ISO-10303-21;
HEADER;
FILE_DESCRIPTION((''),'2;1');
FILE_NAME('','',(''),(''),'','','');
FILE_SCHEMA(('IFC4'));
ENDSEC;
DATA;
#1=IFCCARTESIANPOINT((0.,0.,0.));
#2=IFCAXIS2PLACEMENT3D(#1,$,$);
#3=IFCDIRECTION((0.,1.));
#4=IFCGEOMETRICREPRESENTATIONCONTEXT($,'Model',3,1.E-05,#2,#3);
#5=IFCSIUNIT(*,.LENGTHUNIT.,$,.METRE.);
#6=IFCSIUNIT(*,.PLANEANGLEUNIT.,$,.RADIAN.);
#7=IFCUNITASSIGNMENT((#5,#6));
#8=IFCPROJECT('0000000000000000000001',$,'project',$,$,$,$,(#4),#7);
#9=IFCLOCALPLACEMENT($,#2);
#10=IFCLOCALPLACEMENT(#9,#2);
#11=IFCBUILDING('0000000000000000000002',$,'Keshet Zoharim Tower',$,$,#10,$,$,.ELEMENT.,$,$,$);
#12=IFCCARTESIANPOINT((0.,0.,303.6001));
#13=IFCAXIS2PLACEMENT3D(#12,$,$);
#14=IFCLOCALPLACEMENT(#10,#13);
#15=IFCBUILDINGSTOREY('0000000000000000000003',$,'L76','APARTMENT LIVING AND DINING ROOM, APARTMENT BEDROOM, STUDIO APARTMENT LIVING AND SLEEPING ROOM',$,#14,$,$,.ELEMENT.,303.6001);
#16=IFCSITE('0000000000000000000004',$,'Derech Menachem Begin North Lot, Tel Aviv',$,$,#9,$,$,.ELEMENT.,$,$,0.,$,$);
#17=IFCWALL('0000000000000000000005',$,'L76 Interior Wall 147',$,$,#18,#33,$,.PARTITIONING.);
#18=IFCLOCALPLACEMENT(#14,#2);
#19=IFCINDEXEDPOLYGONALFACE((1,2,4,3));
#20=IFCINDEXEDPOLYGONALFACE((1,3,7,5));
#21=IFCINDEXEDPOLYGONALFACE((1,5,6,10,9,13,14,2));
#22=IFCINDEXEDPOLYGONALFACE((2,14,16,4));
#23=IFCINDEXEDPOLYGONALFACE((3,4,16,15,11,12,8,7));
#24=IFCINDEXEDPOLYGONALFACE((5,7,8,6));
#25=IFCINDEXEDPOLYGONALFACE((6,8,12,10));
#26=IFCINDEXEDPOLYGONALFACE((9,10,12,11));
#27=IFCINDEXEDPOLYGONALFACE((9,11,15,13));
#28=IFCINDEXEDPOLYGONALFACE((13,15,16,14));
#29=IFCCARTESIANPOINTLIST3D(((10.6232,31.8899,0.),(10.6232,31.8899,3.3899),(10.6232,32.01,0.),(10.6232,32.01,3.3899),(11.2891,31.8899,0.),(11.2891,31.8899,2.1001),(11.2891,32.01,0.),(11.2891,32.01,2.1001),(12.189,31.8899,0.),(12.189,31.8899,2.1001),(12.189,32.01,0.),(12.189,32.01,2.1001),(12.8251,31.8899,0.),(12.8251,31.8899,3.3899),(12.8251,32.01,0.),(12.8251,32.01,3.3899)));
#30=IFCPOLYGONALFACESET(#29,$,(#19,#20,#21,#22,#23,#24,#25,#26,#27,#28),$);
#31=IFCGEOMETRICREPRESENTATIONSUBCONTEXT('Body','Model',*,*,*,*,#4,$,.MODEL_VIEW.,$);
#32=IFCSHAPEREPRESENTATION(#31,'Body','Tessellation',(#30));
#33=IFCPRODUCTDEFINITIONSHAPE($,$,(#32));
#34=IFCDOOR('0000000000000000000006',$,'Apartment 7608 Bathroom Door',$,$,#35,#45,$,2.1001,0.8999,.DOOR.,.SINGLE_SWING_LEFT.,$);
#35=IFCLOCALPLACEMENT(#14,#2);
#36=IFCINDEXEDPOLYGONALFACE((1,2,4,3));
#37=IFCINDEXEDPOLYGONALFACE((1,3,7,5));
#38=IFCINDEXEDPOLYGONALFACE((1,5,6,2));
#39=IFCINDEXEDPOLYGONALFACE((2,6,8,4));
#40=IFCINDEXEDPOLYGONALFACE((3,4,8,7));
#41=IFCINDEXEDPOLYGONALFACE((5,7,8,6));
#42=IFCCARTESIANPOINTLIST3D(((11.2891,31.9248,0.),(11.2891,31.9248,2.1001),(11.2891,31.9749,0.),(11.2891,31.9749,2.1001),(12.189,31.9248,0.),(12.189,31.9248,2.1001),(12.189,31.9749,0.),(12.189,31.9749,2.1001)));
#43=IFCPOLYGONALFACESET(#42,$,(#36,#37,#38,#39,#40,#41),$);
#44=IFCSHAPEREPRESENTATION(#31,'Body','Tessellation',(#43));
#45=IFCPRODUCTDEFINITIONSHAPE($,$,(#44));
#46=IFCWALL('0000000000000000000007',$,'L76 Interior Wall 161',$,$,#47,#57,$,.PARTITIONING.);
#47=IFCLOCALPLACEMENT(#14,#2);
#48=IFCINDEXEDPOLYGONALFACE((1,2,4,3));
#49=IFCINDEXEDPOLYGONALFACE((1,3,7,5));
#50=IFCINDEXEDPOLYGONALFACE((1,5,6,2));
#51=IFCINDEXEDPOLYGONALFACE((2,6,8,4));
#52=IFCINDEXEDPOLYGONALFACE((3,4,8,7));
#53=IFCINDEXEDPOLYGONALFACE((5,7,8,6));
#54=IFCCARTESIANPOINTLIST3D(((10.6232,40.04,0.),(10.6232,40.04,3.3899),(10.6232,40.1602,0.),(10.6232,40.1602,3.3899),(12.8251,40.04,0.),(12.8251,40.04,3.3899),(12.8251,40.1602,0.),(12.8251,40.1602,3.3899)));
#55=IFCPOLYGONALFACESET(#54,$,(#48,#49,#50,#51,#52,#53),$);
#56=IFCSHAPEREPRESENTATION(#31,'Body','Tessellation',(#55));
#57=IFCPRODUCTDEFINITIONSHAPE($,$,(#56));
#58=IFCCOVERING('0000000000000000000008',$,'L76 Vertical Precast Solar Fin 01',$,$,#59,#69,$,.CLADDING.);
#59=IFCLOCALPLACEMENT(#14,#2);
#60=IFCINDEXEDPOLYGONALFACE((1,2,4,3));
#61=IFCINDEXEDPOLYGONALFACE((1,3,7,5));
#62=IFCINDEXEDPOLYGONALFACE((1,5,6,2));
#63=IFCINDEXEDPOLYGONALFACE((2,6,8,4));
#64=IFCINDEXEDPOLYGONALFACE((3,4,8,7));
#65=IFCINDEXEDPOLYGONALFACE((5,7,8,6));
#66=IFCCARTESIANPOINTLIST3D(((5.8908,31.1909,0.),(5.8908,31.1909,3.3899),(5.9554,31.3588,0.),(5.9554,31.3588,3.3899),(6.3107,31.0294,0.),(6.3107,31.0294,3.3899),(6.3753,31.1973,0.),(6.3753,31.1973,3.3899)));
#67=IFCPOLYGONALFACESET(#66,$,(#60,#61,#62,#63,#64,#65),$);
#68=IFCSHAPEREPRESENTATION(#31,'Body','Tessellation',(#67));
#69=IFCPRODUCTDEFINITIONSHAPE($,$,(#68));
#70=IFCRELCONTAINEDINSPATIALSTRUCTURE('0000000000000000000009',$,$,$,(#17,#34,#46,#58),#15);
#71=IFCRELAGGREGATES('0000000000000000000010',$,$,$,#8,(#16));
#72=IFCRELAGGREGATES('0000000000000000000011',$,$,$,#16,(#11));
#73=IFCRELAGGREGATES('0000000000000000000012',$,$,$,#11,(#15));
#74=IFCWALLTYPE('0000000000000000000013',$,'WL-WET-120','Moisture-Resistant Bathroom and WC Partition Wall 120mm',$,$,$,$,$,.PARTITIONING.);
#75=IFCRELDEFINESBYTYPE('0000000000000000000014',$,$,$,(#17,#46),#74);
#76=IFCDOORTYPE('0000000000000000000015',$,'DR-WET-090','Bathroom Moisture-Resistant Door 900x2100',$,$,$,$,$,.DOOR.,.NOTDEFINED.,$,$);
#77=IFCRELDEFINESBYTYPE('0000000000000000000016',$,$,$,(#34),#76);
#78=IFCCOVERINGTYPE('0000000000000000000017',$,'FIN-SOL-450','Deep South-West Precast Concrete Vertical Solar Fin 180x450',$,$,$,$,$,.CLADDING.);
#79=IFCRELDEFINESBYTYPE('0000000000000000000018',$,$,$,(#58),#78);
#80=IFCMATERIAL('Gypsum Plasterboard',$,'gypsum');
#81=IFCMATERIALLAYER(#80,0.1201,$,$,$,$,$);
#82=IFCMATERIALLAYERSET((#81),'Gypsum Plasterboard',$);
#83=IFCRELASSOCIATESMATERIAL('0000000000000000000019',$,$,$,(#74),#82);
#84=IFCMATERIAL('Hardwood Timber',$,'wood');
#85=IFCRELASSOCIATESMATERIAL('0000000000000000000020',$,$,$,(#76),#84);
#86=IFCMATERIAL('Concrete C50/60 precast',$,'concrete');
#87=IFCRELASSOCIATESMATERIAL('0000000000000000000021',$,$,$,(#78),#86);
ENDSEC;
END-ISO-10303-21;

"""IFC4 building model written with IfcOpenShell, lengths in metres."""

from ifc_helpers import new_model, si_unit, direction, frame, frame_2d, origin, origin_2d, place, context, subcontext, project, spatial, rectangle, extrude, material, layer, layer_set, type_object, element, fill, save


model = new_model("IFC4")

# Units and contexts
model_context = context("Model", 3, precision=1e-05, world=origin(), true_north=direction((0.0, 1.0)))
body_context = subcontext(model_context, "Body", "Model", "MODEL_VIEW")
ifc_project = project(units=[si_unit("LENGTHUNIT", "METRE"), si_unit("PLANEANGLEUNIT", "RADIAN")], contexts=[model_context])

# Site, building, storey
site_placement = place(None, origin())
site = spatial("IfcSite", under=ifc_project, at=site_placement, Name="Derech Menachem Begin North Lot, Tel Aviv", CompositionType="ELEMENT", RefElevation=0.0)
building_placement = place(site_placement, origin())
building = spatial("IfcBuilding", under=site, at=building_placement, Name="Keshet Zoharim Tower", CompositionType="ELEMENT")
storey_placement = place(building_placement, frame((0.0, 0.0, 303.6001)))
storey = spatial("IfcBuildingStorey", under=building, at=storey_placement, Name="L76", Description="APARTMENT LIVING AND DINING ROOM, APARTMENT BEDROOM, STUDIO APARTMENT LIVING AND SLEEPING ROOM", CompositionType="ELEMENT", Elevation=303.6001)

# Shared definitions
ifc_material_1 = material(Name="Hardwood Timber", Category="wood")

# Shared definitions
ifc_material_2 = material(Name="Gypsum Plasterboard", Category="gypsum")

# Shared definitions
ifc_layer_1 = layer(ifc_material_2, 0.1201)
ifc_layer_set_1 = layer_set([ifc_layer_1], Name="Gypsum Plasterboard")
wall_type_1 = type_object("IfcWallType", Name="WL-WET-120", Description="Moisture-Resistant Bathroom and WC Partition Wall 120mm", PredefinedType="PARTITIONING", material=ifc_layer_set_1)

# Wall, opening, door
wall_1_placement = place(storey_placement, frame((10.623, 31.95, 0.0), z_axis=(0.0, 0.0, 1.0), x_axis=(1.0, 0.0, 0.0)))
wall_1 = element("IfcWall", 1, at=wall_1_placement, inside=storey, type_object=wall_type_1, Name="L76 Interior Wall 147", PredefinedType="PARTITIONING", context=body_context, shape_type="SweptSolid", body=[
    extrude(rectangle(XDim=2.2019, YDim=0.1201, at=frame_2d((1.1011, 0.0))), origin(), (0.0, 0.0, 1.0), 3.3899),
])
opening_1_placement = place(wall_1_placement, frame((0.666, 0.0, 0.0)))
opening_1 = element("IfcOpeningElement", 2, at=opening_1_placement, cuts=wall_1, PredefinedType="OPENING", context=body_context, shape_type="SweptSolid", body=[
    extrude(rectangle(XDim=0.8999, YDim=2.1001, at=frame_2d((0.45, 1.05))), frame((0.0, 0.0701, 0.0), z_axis=(0.0, -1.0, 0.0), x_axis=(1.0, 0.0, 0.0)), (0.0, 0.0, 1.0), 0.1401),
])
door_type_1 = type_object("IfcDoorType", Name="DR-WET-090", Description="Bathroom Moisture-Resistant Door 900x2100", OperationType="NOTDEFINED", PredefinedType="DOOR", material=ifc_material_1)
door_1_placement = place(opening_1_placement, origin())
door_1 = element("IfcDoor", 3, at=door_1_placement, inside=storey, type_object=door_type_1, Name="Apartment 7608 Bathroom Door", OperationType="SINGLE_SWING_LEFT", OverallHeight=2.1001, OverallWidth=0.8999, PredefinedType="DOOR", context=body_context, shape_type="SweptSolid", body=[
    extrude(rectangle(XDim=0.8999, YDim=2.1001, at=frame_2d((0.45, 1.05))), frame((0.0, 0.0249, 0.0), z_axis=(0.0, -1.0, 0.0), x_axis=(1.0, 0.0, 0.0)), (0.0, 0.0, 1.0), 0.05),
])
fill(opening_1, door_1)

# Wall
wall_2_placement = place(storey_placement, frame((10.623, 40.1001, 0.0), z_axis=(0.0, 0.0, 1.0), x_axis=(1.0, 0.0, 0.0)))
element("IfcWall", 4, at=wall_2_placement, inside=storey, type_object=wall_type_1, Name="L76 Interior Wall 161", PredefinedType="PARTITIONING", context=body_context, shape_type="SweptSolid", body=[
    extrude(rectangle(XDim=2.2019, YDim=0.1201, at=frame_2d((1.1011, 0.0))), origin(), (0.0, 0.0, 1.0), 3.3899),
])

# Covering
ifc_material_3 = material(Name="Concrete C50/60 precast", Category="concrete")
covering_type = type_object("IfcCoveringType", Name="FIN-SOL-450", Description="Deep South-West Precast Concrete Vertical Solar Fin 180x450", PredefinedType="CLADDING", material=ifc_material_3)
covering_placement = place(storey_placement, frame((6.1331, 31.1941, 0.0), z_axis=(0.0, 0.0, 1.0), x_axis=(0.35899, 0.933341, 0.0)))
element("IfcCovering", 5, at=covering_placement, inside=storey, type_object=covering_type, Name="L76 Vertical Precast Solar Fin 01", PredefinedType="CLADDING", context=body_context, shape_type="SweptSolid", body=[
    extrude(rectangle(XDim=0.1799, YDim=0.45, at=origin_2d()), origin(), (0.0, 0.0, 1.0), 3.3899),
])

save(model, "model.ifc")
